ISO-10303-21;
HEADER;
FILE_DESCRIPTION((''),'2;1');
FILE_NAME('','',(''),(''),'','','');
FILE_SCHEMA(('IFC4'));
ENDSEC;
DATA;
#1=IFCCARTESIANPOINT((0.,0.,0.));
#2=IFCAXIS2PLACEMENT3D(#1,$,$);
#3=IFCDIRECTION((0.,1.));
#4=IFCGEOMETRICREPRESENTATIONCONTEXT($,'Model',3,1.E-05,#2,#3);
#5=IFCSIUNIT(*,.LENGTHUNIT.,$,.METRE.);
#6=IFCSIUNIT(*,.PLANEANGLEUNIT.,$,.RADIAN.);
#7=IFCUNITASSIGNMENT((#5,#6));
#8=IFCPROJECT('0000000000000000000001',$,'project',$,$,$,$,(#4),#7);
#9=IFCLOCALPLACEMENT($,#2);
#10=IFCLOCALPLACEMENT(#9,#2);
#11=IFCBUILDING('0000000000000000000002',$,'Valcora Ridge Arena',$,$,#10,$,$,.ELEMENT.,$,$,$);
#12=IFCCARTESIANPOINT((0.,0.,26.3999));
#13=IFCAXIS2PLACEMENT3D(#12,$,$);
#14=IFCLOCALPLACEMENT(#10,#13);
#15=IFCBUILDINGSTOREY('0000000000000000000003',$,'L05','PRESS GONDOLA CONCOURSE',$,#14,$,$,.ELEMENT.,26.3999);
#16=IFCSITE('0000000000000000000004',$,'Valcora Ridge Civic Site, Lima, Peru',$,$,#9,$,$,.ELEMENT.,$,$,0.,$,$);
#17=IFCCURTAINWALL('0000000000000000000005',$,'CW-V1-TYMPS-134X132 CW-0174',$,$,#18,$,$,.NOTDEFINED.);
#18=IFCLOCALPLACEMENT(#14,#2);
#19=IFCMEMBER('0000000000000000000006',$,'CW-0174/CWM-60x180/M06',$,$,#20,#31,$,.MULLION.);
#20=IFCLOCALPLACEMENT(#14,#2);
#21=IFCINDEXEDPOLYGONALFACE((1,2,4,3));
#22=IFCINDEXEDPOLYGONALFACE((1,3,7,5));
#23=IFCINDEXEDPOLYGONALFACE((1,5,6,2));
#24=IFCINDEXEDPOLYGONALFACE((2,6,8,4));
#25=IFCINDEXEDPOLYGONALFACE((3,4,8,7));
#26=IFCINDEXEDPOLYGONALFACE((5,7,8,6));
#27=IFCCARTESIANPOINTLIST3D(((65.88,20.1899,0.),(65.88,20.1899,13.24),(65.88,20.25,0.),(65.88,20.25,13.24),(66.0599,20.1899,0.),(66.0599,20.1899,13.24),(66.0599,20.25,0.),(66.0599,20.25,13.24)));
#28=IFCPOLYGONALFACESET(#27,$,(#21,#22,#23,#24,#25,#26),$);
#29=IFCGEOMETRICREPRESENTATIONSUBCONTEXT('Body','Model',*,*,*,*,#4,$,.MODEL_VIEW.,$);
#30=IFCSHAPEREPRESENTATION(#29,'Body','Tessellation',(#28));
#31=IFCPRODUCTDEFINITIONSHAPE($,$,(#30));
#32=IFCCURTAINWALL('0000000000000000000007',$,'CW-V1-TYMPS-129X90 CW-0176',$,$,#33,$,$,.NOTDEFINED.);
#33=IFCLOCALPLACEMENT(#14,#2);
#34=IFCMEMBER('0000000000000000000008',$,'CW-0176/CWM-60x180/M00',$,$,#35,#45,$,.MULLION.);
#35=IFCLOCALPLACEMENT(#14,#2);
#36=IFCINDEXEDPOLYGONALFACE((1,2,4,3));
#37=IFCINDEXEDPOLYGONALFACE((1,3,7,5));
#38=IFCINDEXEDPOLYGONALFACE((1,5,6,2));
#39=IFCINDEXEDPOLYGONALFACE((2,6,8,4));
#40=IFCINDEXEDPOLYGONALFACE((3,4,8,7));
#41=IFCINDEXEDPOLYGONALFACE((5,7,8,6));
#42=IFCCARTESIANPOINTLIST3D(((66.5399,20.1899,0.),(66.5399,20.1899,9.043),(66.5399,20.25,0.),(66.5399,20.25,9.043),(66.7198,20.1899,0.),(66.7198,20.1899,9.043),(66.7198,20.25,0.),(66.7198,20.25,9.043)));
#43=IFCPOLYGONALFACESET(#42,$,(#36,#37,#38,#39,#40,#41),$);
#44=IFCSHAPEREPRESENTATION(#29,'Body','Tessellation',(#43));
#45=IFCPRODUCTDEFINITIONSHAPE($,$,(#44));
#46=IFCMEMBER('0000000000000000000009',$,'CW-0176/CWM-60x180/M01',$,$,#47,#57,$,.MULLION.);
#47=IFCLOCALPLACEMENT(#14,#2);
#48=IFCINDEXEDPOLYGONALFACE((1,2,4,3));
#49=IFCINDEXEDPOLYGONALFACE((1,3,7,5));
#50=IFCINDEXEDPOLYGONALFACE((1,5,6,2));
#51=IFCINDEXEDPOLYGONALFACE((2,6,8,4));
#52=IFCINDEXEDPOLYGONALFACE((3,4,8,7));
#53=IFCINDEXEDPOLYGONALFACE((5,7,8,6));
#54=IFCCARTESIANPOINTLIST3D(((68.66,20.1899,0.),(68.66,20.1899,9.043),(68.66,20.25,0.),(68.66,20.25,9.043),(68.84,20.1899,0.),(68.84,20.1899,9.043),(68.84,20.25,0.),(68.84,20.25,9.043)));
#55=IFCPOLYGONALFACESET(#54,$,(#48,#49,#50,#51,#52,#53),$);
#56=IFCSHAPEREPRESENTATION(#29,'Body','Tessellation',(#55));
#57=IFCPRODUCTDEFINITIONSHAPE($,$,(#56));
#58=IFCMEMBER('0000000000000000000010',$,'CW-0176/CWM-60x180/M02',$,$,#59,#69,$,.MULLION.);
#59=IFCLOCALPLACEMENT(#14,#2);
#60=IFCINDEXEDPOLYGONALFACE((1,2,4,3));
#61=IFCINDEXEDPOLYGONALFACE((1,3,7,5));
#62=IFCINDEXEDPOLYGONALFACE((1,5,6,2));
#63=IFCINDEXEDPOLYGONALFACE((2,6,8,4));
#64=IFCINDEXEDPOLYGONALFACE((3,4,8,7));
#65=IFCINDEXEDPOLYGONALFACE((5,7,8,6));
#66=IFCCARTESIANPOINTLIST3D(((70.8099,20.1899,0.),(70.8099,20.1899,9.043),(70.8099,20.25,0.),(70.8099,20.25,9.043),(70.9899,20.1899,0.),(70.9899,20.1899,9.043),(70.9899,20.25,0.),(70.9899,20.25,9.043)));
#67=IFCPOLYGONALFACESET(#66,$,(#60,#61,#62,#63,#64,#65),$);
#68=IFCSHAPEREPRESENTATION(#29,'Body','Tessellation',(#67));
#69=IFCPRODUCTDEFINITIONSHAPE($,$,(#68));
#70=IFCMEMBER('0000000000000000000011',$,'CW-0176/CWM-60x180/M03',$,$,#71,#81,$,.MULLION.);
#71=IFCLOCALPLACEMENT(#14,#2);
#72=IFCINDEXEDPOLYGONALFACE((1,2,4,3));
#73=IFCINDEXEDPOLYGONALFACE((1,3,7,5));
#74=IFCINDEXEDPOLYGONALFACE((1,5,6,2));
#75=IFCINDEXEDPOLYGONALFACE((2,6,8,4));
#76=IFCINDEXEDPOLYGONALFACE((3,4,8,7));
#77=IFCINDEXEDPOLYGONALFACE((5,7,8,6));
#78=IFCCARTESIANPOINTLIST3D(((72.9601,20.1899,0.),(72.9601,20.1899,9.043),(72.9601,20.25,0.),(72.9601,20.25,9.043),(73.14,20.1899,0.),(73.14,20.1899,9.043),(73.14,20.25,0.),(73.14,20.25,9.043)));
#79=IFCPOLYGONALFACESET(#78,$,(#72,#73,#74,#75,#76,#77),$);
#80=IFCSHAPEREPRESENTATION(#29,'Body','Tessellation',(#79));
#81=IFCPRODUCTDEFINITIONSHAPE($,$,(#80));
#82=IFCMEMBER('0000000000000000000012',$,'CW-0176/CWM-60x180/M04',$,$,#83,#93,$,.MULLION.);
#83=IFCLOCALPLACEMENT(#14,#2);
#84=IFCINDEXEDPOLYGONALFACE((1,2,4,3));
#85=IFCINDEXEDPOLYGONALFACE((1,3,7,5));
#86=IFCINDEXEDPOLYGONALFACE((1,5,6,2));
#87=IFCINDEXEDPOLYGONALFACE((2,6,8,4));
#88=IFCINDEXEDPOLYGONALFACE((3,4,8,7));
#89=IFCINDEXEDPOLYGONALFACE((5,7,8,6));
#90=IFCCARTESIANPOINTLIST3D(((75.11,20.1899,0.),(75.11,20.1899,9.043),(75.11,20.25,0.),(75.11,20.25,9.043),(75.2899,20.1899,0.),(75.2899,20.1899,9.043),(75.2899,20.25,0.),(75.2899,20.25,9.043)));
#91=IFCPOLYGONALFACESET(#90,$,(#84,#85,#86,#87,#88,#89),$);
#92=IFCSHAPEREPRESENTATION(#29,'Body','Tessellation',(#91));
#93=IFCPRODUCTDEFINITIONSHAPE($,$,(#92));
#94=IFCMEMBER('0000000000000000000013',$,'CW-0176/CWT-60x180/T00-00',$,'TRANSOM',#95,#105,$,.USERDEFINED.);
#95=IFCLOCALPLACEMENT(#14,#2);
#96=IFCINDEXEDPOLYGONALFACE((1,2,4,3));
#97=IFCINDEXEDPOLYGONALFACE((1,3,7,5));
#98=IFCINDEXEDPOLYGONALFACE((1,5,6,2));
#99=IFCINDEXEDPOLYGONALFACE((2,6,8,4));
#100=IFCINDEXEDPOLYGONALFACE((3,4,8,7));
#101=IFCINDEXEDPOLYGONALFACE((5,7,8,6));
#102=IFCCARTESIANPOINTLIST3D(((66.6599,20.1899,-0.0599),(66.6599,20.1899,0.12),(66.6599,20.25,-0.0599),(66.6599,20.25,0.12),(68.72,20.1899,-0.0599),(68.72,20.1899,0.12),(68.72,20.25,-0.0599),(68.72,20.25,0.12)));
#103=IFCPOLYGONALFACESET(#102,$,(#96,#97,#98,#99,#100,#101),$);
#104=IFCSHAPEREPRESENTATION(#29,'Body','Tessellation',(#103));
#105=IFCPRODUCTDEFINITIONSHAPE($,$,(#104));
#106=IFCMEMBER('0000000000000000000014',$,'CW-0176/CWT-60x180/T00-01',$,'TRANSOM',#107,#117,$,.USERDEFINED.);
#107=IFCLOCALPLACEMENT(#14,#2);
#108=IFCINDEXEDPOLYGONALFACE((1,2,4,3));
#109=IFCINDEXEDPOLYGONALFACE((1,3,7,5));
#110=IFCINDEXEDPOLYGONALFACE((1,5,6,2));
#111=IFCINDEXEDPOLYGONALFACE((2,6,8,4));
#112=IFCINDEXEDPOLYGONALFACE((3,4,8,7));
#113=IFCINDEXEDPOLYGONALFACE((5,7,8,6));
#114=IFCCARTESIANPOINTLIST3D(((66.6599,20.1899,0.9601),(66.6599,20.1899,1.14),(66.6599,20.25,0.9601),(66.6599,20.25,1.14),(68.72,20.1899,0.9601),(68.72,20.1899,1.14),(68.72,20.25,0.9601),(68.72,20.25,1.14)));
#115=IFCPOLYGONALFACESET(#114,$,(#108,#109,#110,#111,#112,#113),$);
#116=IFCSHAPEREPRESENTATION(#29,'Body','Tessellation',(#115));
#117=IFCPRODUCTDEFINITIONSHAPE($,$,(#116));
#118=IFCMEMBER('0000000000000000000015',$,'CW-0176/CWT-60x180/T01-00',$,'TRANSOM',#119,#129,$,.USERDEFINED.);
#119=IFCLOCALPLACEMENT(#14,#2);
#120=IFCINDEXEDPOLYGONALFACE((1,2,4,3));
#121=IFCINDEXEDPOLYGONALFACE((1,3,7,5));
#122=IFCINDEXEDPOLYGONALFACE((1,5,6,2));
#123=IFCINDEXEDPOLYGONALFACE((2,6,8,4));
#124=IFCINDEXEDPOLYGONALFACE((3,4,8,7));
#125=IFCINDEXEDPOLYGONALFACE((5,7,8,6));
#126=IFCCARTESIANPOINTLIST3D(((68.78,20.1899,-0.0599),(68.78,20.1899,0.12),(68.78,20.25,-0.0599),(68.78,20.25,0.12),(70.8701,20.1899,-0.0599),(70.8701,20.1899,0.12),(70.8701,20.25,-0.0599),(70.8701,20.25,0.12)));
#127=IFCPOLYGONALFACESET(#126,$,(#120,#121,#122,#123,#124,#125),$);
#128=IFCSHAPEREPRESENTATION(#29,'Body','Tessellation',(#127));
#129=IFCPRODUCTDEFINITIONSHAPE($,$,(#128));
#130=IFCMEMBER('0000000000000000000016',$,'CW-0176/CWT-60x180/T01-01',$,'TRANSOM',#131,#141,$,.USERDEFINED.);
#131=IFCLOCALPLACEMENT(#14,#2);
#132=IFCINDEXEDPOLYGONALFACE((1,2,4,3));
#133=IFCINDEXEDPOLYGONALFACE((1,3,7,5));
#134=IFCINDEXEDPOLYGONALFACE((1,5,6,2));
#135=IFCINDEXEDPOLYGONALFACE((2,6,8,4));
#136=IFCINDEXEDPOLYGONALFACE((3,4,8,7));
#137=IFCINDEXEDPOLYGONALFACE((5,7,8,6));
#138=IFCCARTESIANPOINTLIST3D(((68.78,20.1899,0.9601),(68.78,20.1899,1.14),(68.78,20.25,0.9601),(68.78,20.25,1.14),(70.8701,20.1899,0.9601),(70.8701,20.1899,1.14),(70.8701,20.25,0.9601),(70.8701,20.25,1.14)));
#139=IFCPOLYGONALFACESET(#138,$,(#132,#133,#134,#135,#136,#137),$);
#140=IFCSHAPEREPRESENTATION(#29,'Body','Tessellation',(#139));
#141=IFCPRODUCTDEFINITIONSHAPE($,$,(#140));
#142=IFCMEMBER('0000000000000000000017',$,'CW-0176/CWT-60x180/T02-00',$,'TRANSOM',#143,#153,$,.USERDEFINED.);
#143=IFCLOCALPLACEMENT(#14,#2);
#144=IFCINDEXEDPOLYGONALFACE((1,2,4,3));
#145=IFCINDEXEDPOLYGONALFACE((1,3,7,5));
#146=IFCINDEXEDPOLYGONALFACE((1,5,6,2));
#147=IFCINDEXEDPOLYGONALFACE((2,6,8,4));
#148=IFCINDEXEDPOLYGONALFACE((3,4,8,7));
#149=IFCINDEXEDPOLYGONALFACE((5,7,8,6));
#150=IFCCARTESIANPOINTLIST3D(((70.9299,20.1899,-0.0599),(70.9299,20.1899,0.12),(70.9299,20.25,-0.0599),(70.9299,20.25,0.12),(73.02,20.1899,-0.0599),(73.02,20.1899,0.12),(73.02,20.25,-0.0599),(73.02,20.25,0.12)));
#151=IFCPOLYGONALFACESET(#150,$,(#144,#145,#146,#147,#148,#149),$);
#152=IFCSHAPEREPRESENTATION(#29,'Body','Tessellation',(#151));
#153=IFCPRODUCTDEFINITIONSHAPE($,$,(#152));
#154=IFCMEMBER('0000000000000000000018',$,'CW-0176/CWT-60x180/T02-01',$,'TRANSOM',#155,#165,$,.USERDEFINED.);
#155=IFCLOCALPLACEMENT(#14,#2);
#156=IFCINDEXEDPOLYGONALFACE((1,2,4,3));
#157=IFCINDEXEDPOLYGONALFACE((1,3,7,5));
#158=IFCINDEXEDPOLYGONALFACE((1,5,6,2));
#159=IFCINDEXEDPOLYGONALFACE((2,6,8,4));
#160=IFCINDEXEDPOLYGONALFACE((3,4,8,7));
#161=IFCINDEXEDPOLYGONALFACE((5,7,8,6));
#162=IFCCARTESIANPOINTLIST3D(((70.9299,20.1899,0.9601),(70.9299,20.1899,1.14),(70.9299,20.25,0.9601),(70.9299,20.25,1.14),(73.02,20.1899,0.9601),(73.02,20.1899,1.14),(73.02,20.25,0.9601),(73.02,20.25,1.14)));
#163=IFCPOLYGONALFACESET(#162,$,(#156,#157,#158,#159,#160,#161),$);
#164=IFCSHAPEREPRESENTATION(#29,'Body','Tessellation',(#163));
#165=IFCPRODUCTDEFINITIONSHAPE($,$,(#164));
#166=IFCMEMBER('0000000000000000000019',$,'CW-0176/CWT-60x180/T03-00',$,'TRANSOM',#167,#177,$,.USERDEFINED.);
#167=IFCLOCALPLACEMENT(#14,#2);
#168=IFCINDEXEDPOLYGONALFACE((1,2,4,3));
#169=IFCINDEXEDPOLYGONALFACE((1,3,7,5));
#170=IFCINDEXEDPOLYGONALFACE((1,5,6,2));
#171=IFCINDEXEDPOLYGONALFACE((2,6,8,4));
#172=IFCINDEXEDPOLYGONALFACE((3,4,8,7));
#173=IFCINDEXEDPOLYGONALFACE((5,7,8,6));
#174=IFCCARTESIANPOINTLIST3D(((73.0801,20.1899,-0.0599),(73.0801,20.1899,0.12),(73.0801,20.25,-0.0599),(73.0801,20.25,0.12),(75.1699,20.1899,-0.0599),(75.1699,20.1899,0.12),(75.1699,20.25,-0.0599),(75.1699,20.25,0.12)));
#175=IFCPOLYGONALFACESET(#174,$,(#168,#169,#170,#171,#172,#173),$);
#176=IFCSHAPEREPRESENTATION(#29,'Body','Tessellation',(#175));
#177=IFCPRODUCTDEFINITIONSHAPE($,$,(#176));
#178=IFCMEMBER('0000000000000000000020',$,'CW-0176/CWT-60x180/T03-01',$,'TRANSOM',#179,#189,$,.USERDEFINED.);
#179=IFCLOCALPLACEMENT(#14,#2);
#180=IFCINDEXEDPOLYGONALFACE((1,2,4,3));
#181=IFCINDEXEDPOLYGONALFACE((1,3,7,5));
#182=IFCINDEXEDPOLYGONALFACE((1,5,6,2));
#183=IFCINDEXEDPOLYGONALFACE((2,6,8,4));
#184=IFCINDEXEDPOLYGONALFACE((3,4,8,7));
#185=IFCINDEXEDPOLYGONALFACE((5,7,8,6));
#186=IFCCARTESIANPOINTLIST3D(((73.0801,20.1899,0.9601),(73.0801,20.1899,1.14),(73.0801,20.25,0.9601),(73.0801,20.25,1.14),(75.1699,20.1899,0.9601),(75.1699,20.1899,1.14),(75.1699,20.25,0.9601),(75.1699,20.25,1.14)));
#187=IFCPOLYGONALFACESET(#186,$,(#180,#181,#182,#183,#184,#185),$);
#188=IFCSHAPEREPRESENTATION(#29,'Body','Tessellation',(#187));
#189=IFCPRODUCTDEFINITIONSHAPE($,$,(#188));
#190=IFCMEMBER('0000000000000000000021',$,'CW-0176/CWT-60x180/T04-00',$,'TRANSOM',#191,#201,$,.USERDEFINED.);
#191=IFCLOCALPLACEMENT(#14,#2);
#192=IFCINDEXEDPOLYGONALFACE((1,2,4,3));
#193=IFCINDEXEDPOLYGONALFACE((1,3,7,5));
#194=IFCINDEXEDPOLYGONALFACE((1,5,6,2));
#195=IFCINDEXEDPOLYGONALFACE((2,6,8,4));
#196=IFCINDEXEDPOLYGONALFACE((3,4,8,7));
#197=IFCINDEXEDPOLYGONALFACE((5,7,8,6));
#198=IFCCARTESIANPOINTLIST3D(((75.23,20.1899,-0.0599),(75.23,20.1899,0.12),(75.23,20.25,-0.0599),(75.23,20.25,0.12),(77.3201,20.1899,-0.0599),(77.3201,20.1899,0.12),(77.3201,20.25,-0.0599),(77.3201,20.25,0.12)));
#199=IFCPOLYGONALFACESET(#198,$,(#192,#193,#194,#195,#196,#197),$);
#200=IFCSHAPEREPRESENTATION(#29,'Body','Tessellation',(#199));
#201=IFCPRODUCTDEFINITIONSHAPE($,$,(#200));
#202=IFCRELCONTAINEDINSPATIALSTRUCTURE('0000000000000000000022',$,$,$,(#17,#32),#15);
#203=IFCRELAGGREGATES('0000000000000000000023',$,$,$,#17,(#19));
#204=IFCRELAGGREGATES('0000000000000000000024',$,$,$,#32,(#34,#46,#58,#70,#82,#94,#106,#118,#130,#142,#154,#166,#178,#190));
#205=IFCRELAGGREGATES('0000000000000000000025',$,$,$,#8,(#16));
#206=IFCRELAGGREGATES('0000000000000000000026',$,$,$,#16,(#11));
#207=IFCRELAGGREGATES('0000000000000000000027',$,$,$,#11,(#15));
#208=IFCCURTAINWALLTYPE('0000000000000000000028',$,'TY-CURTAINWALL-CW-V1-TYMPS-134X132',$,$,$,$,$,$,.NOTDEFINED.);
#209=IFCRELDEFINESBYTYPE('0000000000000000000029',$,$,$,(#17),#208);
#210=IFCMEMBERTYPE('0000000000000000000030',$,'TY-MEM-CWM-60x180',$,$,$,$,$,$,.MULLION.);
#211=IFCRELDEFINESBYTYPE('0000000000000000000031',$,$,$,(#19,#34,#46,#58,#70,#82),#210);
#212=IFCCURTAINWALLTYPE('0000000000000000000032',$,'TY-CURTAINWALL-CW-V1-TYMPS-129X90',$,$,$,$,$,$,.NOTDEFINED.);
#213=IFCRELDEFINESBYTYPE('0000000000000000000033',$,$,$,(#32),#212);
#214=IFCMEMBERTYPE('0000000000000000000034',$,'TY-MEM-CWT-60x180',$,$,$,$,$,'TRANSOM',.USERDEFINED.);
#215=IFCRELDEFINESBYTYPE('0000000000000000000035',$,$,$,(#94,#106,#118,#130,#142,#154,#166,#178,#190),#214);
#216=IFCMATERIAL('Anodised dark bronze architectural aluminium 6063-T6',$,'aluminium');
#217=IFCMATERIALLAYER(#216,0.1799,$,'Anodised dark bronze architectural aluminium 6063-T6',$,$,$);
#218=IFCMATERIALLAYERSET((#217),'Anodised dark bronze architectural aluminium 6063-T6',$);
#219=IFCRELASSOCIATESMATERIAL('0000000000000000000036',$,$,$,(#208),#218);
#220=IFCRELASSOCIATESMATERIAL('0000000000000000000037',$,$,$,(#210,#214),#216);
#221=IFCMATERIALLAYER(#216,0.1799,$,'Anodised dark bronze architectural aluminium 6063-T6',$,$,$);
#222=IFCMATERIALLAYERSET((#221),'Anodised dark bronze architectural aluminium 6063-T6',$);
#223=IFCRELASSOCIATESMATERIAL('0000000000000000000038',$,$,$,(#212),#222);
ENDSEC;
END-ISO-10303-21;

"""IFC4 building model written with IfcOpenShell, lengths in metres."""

from ifc_helpers import new_model, si_unit, direction, frame, origin, origin_2d, place, context, subcontext, project, spatial, rectangle, extrude, material, layer, layer_set, material_profile, profile_set, type_object, element, aggregate, save


model = new_model("IFC4")

# Units and contexts
model_context = context("Model", 3, precision=1e-05, world=origin(), true_north=direction((0.0, 1.0)))
body_context = subcontext(model_context, "Body", "Model", "MODEL_VIEW")
ifc_project = project(units=[si_unit("LENGTHUNIT", "METRE"), si_unit("PLANEANGLEUNIT", "RADIAN")], contexts=[model_context])

# Site, building, storey
site_placement = place(None, origin())
site = spatial("IfcSite", under=ifc_project, at=site_placement, Name="Valcora Ridge Civic Site, Lima, Peru", CompositionType="ELEMENT", RefElevation=0.0)
building_placement = place(site_placement, origin())
building = spatial("IfcBuilding", under=site, at=building_placement, Name="Valcora Ridge Arena", CompositionType="ELEMENT")
storey_placement = place(building_placement, frame((0.0, 0.0, 26.3999)))
storey = spatial("IfcBuildingStorey", under=building, at=storey_placement, Name="L05", Description="PRESS GONDOLA CONCOURSE", CompositionType="ELEMENT", Elevation=26.3999)

# Curtain wall, member
ifc_material_1 = material(Name="Anodised dark bronze architectural aluminium 6063-T6", Category="aluminium")
ifc_layer_1 = layer(ifc_material_1, 0.1799, Name="Anodised dark bronze architectural aluminium 6063-T6")
ifc_layer_set_1 = layer_set([ifc_layer_1], Name="Anodised dark bronze architectural aluminium 6063-T6")
curtain_wall_type_1 = type_object("IfcCurtainWallType", Name="TY-CURTAINWALL-CW-V1-TYMPS-134X132", PredefinedType="NOTDEFINED", material=ifc_layer_set_1)
curtain_wall_1_placement = place(storey_placement, origin())
curtain_wall_1 = element("IfcCurtainWall", 1, at=curtain_wall_1_placement, inside=storey, type_object=curtain_wall_type_1, Name="CW-V1-TYMPS-134X132 CW-0174", PredefinedType="NOTDEFINED")
ifc_material_profile_1 = material_profile(ifc_material_1, rectangle(XDim=0.0601, YDim=0.1799, at=origin_2d()), Name="ALU MULLION 60x180")
ifc_profile_set_1 = profile_set([ifc_material_profile_1], Name="Anodised dark bronze architectural aluminium 6063-T6")
member_type_1 = type_object("IfcMemberType", Name="TY-MEM-CWM-60x180", PredefinedType="MULLION", material=ifc_profile_set_1)
member_1_placement = place(storey_placement, frame((65.97, 20.22, 0.0), z_axis=(0.0, 0.0, 1.0), x_axis=(0.0, 1.0, 0.0)))
member_1 = element("IfcMember", 2, at=member_1_placement, type_object=member_type_1, Name="CW-0174/CWM-60x180/M06", PredefinedType="MULLION", context=body_context, shape_type="SweptSolid", body=[
    extrude(rectangle(XDim=0.0601, YDim=0.1799, at=origin_2d()), origin(), (0.0, 0.0, 1.0), 13.24),
])
aggregate(curtain_wall_1, [member_1])

# Curtain wall, members
ifc_layer_2 = layer(ifc_material_1, 0.1799, Name="Anodised dark bronze architectural aluminium 6063-T6")
ifc_layer_set_2 = layer_set([ifc_layer_2], Name="Anodised dark bronze architectural aluminium 6063-T6")
curtain_wall_type_2 = type_object("IfcCurtainWallType", Name="TY-CURTAINWALL-CW-V1-TYMPS-129X90", PredefinedType="NOTDEFINED", material=ifc_layer_set_2)
curtain_wall_2_placement = place(storey_placement, origin())
curtain_wall_2 = element("IfcCurtainWall", 3, at=curtain_wall_2_placement, inside=storey, type_object=curtain_wall_type_2, Name="CW-V1-TYMPS-129X90 CW-0176", PredefinedType="NOTDEFINED")
member_2_placement = place(storey_placement, frame((66.6299, 20.22, 0.0), z_axis=(0.0, 0.0, 1.0), x_axis=(0.0, 1.0, 0.0)))
member_2 = element("IfcMember", 4, at=member_2_placement, type_object=member_type_1, Name="CW-0176/CWM-60x180/M00", PredefinedType="MULLION", context=body_context, shape_type="SweptSolid", body=[
    extrude(rectangle(XDim=0.0601, YDim=0.1799, at=origin_2d()), origin(), (0.0, 0.0, 1.0), 9.043),
])
member_3_placement = place(storey_placement, frame((68.75, 20.22, 0.0), z_axis=(0.0, 0.0, 1.0), x_axis=(0.0, 1.0, 0.0)))
member_3 = element("IfcMember", 5, at=member_3_placement, type_object=member_type_1, Name="CW-0176/CWM-60x180/M01", PredefinedType="MULLION", context=body_context, shape_type="SweptSolid", body=[
    extrude(rectangle(XDim=0.0601, YDim=0.1799, at=origin_2d()), origin(), (0.0, 0.0, 1.0), 9.043),
])
member_4_placement = place(storey_placement, frame((70.8999, 20.22, 0.0), z_axis=(0.0, 0.0, 1.0), x_axis=(0.0, 1.0, 0.0)))
member_4 = element("IfcMember", 6, at=member_4_placement, type_object=member_type_1, Name="CW-0176/CWM-60x180/M02", PredefinedType="MULLION", context=body_context, shape_type="SweptSolid", body=[
    extrude(rectangle(XDim=0.0601, YDim=0.1799, at=origin_2d()), origin(), (0.0, 0.0, 1.0), 9.043),
])
member_5_placement = place(storey_placement, frame((73.05, 20.22, 0.0), z_axis=(0.0, 0.0, 1.0), x_axis=(0.0, 1.0, 0.0)))
member_5 = element("IfcMember", 7, at=member_5_placement, type_object=member_type_1, Name="CW-0176/CWM-60x180/M03", PredefinedType="MULLION", context=body_context, shape_type="SweptSolid", body=[
    extrude(rectangle(XDim=0.0601, YDim=0.1799, at=origin_2d()), origin(), (0.0, 0.0, 1.0), 9.043),
])
member_6_placement = place(storey_placement, frame((75.2, 20.22, 0.0), z_axis=(0.0, 0.0, 1.0), x_axis=(0.0, 1.0, 0.0)))
member_6 = element("IfcMember", 8, at=member_6_placement, type_object=member_type_1, Name="CW-0176/CWM-60x180/M04", PredefinedType="MULLION", context=body_context, shape_type="SweptSolid", body=[
    extrude(rectangle(XDim=0.0601, YDim=0.1799, at=origin_2d()), origin(), (0.0, 0.0, 1.0), 9.043),
])
ifc_material_profile_2 = material_profile(ifc_material_1, rectangle(XDim=0.0601, YDim=0.1799, at=origin_2d()), Name="ALU TRANSOM 60x180")
ifc_profile_set_2 = profile_set([ifc_material_profile_2], Name="Anodised dark bronze architectural aluminium 6063-T6")
member_type_2 = type_object("IfcMemberType", Name="TY-MEM-CWT-60x180", ElementType="TRANSOM", PredefinedType="USERDEFINED", material=ifc_profile_set_2)
member_7_placement = place(storey_placement, frame((66.6599, 20.22, 0.03), z_axis=(1.0, 0.0, 0.0), x_axis=(0.0, 1.0, 0.0)))
member_7 = element("IfcMember", 9, at=member_7_placement, type_object=member_type_2, Name="CW-0176/CWT-60x180/T00-00", ObjectType="TRANSOM", PredefinedType="USERDEFINED", context=body_context, shape_type="SweptSolid", body=[
    extrude(rectangle(XDim=0.0601, YDim=0.1799, at=origin_2d()), origin(), (0.0, 0.0, 1.0), 2.0601),
])
member_8_placement = place(storey_placement, frame((66.6599, 20.22, 1.05), z_axis=(1.0, 0.0, 0.0), x_axis=(0.0, 1.0, 0.0)))
member_8 = element("IfcMember", 10, at=member_8_placement, type_object=member_type_2, Name="CW-0176/CWT-60x180/T00-01", ObjectType="TRANSOM", PredefinedType="USERDEFINED", context=body_context, shape_type="SweptSolid", body=[
    extrude(rectangle(XDim=0.0601, YDim=0.1799, at=origin_2d()), origin(), (0.0, 0.0, 1.0), 2.0601),
])
member_9_placement = place(storey_placement, frame((68.78, 20.22, 0.03), z_axis=(1.0, 0.0, 0.0), x_axis=(0.0, 1.0, 0.0)))
member_9 = element("IfcMember", 11, at=member_9_placement, type_object=member_type_2, Name="CW-0176/CWT-60x180/T01-00", ObjectType="TRANSOM", PredefinedType="USERDEFINED", context=body_context, shape_type="SweptSolid", body=[
    extrude(rectangle(XDim=0.0601, YDim=0.1799, at=origin_2d()), origin(), (0.0, 0.0, 1.0), 2.0901),
])
member_10_placement = place(storey_placement, frame((68.78, 20.22, 1.05), z_axis=(1.0, 0.0, 0.0), x_axis=(0.0, 1.0, 0.0)))
member_10 = element("IfcMember", 12, at=member_10_placement, type_object=member_type_2, Name="CW-0176/CWT-60x180/T01-01", ObjectType="TRANSOM", PredefinedType="USERDEFINED", context=body_context, shape_type="SweptSolid", body=[
    extrude(rectangle(XDim=0.0601, YDim=0.1799, at=origin_2d()), origin(), (0.0, 0.0, 1.0), 2.0901),
])
member_11_placement = place(storey_placement, frame((70.9299, 20.22, 0.03), z_axis=(1.0, 0.0, 0.0), x_axis=(0.0, 1.0, 0.0)))
member_11 = element("IfcMember", 13, at=member_11_placement, type_object=member_type_2, Name="CW-0176/CWT-60x180/T02-00", ObjectType="TRANSOM", PredefinedType="USERDEFINED", context=body_context, shape_type="SweptSolid", body=[
    extrude(rectangle(XDim=0.0601, YDim=0.1799, at=origin_2d()), origin(), (0.0, 0.0, 1.0), 2.0901),
])
member_12_placement = place(storey_placement, frame((70.9299, 20.22, 1.05), z_axis=(1.0, 0.0, 0.0), x_axis=(0.0, 1.0, 0.0)))
member_12 = element("IfcMember", 14, at=member_12_placement, type_object=member_type_2, Name="CW-0176/CWT-60x180/T02-01", ObjectType="TRANSOM", PredefinedType="USERDEFINED", context=body_context, shape_type="SweptSolid", body=[
    extrude(rectangle(XDim=0.0601, YDim=0.1799, at=origin_2d()), origin(), (0.0, 0.0, 1.0), 2.0901),
])
member_13_placement = place(storey_placement, frame((73.0801, 20.22, 0.03), z_axis=(1.0, 0.0, 0.0), x_axis=(0.0, 1.0, 0.0)))
member_13 = element("IfcMember", 15, at=member_13_placement, type_object=member_type_2, Name="CW-0176/CWT-60x180/T03-00", ObjectType="TRANSOM", PredefinedType="USERDEFINED", context=body_context, shape_type="SweptSolid", body=[
    extrude(rectangle(XDim=0.0601, YDim=0.1799, at=origin_2d()), origin(), (0.0, 0.0, 1.0), 2.0898),
])
member_14_placement = place(storey_placement, frame((73.0801, 20.22, 1.05), z_axis=(1.0, 0.0, 0.0), x_axis=(0.0, 1.0, 0.0)))
member_14 = element("IfcMember", 16, at=member_14_placement, type_object=member_type_2, Name="CW-0176/CWT-60x180/T03-01", ObjectType="TRANSOM", PredefinedType="USERDEFINED", context=body_context, shape_type="SweptSolid", body=[
    extrude(rectangle(XDim=0.0601, YDim=0.1799, at=origin_2d()), origin(), (0.0, 0.0, 1.0), 2.0898),
])
member_15_placement = place(storey_placement, frame((75.23, 20.22, 0.03), z_axis=(1.0, 0.0, 0.0), x_axis=(0.0, 1.0, 0.0)))
member_15 = element("IfcMember", 17, at=member_15_placement, type_object=member_type_2, Name="CW-0176/CWT-60x180/T04-00", ObjectType="TRANSOM", PredefinedType="USERDEFINED", context=body_context, shape_type="SweptSolid", body=[
    extrude(rectangle(XDim=0.0601, YDim=0.1799, at=origin_2d()), origin(), (0.0, 0.0, 1.0), 2.0901),
])
aggregate(curtain_wall_2, [member_2, member_3, member_4, member_5, member_6, member_7, member_8, member_9, member_10, member_11, member_12, member_13, member_14, member_15])

save(model, "model.ifc")
